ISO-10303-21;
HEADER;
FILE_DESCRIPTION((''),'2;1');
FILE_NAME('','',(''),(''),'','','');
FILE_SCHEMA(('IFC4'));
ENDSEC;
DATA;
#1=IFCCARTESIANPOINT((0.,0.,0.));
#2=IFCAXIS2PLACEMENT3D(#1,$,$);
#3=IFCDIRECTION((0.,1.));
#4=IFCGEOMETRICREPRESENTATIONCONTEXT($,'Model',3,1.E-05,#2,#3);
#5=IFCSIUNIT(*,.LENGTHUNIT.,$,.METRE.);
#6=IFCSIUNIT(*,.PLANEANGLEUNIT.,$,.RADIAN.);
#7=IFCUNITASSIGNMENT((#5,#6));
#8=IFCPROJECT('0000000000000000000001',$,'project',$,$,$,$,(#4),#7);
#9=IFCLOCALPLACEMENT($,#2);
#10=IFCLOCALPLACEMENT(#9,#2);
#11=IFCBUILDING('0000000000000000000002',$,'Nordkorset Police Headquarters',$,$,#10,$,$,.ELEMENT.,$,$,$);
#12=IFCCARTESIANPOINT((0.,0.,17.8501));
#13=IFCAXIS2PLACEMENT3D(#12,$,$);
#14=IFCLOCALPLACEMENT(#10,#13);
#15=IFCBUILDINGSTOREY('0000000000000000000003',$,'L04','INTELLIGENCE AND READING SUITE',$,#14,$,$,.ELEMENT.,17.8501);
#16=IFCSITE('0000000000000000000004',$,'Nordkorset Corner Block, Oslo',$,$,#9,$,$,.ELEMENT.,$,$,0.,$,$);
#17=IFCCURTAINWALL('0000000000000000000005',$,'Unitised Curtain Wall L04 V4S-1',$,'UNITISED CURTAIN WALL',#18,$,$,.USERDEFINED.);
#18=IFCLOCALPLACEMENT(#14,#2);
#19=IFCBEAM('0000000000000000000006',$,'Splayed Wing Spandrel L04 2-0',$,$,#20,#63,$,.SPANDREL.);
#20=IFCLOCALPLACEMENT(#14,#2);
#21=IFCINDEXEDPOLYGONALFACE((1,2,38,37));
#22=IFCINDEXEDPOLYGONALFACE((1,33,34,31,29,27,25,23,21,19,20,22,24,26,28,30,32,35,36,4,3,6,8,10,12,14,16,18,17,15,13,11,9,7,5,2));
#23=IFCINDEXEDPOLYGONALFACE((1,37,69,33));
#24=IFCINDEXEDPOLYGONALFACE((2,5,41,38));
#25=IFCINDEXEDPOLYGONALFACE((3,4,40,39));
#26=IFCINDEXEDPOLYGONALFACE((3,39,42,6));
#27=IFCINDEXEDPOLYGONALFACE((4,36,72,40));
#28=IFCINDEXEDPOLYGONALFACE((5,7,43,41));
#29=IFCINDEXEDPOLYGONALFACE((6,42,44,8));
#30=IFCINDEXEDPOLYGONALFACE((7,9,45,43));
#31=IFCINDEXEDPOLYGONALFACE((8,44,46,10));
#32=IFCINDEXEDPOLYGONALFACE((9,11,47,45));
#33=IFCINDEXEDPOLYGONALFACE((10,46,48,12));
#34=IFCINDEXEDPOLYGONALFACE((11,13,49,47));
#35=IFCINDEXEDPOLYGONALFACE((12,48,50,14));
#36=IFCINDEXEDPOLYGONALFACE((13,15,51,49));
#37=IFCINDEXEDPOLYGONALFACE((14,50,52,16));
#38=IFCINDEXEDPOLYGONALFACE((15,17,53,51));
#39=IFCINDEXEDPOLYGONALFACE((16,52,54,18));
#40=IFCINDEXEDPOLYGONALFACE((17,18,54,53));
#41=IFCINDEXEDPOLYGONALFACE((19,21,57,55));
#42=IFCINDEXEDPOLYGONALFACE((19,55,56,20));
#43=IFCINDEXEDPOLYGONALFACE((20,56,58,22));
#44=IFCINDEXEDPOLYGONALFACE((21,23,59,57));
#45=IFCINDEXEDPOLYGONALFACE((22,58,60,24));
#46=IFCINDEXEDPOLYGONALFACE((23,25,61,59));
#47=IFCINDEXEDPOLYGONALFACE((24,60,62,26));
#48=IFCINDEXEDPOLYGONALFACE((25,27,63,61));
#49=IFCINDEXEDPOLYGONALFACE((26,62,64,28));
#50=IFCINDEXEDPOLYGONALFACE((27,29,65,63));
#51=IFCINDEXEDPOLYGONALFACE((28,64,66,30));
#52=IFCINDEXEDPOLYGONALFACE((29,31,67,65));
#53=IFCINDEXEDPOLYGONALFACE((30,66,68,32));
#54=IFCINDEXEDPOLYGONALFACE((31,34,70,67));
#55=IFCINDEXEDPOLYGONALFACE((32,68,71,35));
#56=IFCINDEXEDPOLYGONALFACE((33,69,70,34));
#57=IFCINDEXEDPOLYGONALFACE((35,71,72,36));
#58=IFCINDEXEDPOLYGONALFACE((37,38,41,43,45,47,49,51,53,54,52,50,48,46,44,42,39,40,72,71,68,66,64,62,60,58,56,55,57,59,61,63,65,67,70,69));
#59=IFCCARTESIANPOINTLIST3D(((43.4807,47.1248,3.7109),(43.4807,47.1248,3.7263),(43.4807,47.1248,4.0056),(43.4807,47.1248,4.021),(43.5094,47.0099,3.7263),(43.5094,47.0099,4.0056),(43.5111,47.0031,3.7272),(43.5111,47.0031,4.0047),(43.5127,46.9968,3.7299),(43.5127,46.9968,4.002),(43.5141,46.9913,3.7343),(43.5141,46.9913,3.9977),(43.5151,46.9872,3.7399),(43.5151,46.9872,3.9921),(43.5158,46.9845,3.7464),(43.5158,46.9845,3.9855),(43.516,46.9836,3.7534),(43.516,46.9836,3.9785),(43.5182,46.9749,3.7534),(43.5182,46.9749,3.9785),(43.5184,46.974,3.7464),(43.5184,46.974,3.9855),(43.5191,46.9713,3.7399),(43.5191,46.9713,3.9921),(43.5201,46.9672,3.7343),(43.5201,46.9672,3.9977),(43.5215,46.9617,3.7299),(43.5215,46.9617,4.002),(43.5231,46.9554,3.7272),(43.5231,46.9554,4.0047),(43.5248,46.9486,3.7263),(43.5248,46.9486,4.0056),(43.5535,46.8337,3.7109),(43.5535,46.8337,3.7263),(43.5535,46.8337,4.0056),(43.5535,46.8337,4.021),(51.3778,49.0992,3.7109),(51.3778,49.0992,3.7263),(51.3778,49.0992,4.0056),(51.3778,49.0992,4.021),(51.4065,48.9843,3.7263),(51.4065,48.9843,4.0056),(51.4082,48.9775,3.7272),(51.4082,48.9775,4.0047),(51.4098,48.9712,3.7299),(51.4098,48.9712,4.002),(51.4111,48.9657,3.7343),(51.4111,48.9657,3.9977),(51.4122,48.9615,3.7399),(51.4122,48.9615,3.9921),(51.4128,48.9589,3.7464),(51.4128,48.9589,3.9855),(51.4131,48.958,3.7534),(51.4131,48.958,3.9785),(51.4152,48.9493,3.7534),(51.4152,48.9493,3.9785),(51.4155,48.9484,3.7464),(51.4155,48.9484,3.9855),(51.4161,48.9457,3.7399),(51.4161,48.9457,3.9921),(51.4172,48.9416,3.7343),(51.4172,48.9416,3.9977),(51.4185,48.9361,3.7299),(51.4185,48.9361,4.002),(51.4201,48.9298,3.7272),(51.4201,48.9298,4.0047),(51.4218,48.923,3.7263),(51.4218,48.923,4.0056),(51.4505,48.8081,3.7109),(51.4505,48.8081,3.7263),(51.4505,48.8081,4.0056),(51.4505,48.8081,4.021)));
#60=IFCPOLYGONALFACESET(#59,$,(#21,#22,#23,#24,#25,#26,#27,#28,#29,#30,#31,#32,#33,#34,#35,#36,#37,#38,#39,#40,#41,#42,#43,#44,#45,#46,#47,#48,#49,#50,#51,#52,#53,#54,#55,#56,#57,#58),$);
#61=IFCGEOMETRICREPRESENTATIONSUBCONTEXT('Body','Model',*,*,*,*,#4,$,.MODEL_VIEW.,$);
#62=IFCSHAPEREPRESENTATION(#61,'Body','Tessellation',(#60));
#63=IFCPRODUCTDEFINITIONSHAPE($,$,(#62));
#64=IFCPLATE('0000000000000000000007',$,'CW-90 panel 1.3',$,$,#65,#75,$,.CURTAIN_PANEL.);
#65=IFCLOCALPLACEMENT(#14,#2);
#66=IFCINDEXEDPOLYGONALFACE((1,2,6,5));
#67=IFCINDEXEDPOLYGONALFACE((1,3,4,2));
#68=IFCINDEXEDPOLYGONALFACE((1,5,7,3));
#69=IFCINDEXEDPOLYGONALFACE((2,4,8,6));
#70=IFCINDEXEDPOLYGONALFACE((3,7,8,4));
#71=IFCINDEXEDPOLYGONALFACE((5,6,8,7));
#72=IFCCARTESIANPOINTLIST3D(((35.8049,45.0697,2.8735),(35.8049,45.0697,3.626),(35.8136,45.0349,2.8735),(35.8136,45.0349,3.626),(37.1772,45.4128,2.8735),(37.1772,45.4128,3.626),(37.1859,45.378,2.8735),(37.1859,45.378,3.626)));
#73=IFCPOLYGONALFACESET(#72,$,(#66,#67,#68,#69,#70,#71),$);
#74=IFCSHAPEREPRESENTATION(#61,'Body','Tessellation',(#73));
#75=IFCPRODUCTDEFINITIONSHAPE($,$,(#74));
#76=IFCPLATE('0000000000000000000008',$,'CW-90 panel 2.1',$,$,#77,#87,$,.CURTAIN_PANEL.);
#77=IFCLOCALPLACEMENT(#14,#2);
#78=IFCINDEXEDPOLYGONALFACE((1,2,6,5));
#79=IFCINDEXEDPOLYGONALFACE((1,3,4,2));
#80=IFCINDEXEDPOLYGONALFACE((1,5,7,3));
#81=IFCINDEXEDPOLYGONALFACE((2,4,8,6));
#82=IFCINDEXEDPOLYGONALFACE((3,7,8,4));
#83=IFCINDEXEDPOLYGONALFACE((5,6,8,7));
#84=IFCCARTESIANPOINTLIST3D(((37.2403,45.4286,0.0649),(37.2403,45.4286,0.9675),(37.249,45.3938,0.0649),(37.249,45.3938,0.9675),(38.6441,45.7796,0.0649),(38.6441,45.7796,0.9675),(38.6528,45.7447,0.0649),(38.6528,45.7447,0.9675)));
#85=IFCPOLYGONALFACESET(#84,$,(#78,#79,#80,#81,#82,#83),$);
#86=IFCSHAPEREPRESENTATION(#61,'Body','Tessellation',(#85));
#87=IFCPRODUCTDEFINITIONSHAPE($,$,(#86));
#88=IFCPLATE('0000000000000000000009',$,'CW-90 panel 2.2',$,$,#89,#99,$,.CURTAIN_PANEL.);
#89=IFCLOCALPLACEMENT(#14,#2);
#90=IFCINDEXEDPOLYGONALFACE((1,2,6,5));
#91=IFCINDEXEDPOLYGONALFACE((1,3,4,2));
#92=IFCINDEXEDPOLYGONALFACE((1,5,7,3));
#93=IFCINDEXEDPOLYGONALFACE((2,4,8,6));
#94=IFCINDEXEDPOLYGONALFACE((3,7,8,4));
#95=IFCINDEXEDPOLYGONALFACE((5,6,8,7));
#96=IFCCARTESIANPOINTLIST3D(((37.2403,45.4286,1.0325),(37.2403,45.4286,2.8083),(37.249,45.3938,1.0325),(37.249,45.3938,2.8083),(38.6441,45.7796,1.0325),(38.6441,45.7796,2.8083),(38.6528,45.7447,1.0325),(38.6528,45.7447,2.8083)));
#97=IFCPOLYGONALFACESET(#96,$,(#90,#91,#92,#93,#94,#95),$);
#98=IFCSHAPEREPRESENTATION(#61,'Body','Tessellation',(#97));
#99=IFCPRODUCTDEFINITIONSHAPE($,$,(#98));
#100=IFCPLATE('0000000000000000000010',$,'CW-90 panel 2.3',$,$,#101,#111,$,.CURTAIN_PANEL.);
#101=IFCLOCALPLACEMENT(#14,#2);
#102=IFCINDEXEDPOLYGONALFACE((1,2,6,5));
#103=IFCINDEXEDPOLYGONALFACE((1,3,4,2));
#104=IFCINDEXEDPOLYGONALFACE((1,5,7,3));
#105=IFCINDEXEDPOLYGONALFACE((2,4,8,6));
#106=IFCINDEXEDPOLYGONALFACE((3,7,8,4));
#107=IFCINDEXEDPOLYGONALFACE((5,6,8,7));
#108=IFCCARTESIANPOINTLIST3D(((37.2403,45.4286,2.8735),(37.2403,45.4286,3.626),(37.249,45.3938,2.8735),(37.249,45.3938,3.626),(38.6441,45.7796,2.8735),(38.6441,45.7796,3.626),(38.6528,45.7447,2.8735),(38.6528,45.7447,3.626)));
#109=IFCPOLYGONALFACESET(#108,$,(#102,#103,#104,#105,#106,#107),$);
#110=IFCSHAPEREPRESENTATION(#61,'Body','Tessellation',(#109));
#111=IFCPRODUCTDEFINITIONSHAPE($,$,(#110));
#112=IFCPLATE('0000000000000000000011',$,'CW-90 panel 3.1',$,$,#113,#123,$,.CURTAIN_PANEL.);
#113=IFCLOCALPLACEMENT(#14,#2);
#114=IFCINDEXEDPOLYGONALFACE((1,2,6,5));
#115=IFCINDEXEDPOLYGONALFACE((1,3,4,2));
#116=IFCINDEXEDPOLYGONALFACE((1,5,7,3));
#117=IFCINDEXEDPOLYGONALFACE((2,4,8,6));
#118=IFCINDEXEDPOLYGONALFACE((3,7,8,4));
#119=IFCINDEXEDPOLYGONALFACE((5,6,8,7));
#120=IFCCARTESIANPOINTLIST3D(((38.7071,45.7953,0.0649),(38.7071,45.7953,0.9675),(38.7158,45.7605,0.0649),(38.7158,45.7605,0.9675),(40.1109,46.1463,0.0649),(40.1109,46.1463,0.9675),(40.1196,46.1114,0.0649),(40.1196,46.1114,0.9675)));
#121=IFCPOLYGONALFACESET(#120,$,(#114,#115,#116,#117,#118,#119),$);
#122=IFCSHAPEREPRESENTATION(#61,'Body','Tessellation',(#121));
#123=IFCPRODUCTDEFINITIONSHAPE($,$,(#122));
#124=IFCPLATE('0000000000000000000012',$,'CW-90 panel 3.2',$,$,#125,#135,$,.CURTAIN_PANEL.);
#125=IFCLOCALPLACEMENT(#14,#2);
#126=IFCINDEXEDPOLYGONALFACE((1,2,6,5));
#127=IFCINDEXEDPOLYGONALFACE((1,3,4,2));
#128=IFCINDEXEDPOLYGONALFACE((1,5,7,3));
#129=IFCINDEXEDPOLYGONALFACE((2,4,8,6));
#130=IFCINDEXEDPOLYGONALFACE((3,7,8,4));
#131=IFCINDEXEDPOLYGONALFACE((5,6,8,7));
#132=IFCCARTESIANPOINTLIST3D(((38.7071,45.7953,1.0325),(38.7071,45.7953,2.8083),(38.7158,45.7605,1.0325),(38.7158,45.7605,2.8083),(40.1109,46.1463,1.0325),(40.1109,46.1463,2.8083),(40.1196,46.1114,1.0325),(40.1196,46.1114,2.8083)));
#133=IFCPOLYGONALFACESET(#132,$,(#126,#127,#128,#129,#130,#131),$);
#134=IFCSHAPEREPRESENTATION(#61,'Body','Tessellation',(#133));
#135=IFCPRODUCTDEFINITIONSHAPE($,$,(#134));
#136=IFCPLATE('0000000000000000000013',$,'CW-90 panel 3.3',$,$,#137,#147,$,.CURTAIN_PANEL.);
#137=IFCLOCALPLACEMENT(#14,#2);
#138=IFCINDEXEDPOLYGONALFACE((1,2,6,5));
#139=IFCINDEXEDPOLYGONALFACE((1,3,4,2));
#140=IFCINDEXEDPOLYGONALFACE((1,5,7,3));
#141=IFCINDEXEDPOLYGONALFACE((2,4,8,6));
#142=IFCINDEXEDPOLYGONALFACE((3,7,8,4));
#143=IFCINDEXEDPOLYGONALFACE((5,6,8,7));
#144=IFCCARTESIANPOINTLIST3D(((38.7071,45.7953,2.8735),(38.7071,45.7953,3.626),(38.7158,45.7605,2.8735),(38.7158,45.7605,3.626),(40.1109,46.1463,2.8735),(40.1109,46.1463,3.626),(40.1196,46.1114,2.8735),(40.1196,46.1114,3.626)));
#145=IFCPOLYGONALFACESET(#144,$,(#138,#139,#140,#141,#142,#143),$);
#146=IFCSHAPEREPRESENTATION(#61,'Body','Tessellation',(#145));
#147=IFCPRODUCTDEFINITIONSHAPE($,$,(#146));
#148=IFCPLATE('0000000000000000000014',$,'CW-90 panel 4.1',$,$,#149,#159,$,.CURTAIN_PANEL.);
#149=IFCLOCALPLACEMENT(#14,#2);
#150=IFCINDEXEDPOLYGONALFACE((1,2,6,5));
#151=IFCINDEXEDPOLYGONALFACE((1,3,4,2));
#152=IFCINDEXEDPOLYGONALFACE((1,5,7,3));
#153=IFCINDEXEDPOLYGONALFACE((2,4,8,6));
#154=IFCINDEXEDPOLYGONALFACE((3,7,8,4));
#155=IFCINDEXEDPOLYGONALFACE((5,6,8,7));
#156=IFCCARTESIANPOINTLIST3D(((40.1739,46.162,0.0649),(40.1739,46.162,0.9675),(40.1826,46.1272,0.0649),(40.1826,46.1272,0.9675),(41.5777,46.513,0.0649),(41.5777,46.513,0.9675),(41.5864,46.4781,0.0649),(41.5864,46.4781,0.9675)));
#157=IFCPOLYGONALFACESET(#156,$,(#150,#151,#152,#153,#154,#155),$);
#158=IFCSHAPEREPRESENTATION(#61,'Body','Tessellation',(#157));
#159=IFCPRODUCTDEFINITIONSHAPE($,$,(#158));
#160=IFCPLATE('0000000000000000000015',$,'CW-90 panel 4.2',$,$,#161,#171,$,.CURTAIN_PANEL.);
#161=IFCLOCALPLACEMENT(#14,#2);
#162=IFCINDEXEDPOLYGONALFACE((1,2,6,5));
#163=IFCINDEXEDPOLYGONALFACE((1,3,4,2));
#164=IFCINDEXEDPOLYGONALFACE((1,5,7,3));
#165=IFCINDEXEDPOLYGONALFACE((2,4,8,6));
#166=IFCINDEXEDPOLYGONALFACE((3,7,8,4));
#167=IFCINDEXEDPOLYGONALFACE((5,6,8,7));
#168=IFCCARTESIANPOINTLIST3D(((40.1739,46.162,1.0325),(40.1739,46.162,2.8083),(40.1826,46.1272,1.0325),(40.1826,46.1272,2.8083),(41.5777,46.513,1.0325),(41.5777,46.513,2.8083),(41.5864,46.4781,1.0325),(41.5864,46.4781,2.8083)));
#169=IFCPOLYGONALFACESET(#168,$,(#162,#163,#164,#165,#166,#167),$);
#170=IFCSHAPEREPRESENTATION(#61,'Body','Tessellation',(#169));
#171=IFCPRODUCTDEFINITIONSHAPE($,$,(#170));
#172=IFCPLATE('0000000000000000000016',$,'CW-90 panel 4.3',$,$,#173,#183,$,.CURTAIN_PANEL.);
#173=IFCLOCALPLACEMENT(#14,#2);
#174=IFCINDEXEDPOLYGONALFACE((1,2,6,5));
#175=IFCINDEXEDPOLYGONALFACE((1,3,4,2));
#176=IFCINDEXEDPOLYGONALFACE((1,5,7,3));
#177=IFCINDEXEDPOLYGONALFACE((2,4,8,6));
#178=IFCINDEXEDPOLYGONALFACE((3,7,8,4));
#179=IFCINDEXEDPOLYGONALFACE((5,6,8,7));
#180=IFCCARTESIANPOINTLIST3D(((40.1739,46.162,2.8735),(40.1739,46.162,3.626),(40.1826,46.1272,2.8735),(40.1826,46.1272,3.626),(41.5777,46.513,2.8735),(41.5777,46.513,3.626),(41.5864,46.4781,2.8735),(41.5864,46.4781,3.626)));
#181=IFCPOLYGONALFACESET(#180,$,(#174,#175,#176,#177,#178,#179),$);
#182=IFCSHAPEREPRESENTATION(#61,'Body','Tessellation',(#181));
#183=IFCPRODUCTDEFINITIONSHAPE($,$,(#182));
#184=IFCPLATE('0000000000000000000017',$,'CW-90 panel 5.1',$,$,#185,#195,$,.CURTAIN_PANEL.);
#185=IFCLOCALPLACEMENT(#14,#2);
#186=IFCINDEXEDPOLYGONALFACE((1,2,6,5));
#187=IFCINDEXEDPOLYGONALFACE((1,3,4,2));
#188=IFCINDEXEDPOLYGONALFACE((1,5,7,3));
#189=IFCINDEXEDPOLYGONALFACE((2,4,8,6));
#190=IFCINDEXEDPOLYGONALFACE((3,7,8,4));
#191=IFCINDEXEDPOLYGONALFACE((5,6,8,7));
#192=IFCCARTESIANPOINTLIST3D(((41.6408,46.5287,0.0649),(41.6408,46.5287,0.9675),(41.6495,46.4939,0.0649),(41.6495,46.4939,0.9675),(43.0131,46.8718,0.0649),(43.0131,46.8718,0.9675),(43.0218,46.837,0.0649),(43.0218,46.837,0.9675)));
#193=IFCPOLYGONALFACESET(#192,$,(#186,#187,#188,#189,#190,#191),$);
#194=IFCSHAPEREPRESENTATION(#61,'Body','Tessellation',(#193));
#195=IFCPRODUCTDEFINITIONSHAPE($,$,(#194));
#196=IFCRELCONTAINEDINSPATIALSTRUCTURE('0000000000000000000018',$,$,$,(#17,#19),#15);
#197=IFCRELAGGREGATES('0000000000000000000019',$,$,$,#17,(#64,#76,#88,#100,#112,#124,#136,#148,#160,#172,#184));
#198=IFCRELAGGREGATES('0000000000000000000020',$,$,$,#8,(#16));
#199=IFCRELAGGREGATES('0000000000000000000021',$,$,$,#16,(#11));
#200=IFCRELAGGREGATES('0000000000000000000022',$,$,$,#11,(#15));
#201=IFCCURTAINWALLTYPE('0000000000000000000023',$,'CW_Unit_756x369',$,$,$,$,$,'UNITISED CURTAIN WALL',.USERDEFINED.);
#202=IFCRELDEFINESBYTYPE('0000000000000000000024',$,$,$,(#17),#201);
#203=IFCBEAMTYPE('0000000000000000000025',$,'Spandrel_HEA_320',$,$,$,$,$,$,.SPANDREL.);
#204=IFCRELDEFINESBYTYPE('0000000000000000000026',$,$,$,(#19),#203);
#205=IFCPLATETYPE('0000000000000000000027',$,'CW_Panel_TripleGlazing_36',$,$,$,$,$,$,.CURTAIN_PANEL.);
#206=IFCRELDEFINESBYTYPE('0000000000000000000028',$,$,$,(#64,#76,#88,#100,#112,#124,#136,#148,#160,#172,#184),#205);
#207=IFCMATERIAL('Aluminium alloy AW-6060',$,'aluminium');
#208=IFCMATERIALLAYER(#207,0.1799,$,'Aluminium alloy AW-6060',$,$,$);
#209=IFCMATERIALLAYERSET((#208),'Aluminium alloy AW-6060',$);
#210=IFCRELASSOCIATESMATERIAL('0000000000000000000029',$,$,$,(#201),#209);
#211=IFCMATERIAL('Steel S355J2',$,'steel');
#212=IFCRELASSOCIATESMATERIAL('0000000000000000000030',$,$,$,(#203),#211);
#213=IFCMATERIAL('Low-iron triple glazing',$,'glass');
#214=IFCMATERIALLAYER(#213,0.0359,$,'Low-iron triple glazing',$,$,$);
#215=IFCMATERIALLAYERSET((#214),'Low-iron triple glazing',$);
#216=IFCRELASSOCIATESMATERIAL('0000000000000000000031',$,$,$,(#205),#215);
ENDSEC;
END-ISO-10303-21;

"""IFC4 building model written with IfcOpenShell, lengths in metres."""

from ifc_helpers import new_model, si_unit, direction, frame, origin, origin_2d, place, context, subcontext, project, spatial, rectangle, i_section, extrude, material, layer, layer_set, material_profile, profile_set, type_object, element, aggregate, save


model = new_model("IFC4")

# Units and contexts
model_context = context("Model", 3, precision=1e-05, world=origin(), true_north=direction((0.0, 1.0)))
body_context = subcontext(model_context, "Body", "Model", "MODEL_VIEW")
ifc_project = project(units=[si_unit("LENGTHUNIT", "METRE"), si_unit("PLANEANGLEUNIT", "RADIAN")], contexts=[model_context])

# Site, building, storey
site_placement = place(None, origin())
site = spatial("IfcSite", under=ifc_project, at=site_placement, Name="Nordkorset Corner Block, Oslo", CompositionType="ELEMENT", RefElevation=0.0)
building_placement = place(site_placement, origin())
building = spatial("IfcBuilding", under=site, at=building_placement, Name="Nordkorset Police Headquarters", CompositionType="ELEMENT")
storey_placement = place(building_placement, frame((0.0, 0.0, 17.8501)))
storey = spatial("IfcBuildingStorey", under=building, at=storey_placement, Name="L04", Description="INTELLIGENCE AND READING SUITE", CompositionType="ELEMENT", Elevation=17.8501)

# Curtain wall
ifc_material_1 = material(Name="Aluminium alloy AW-6060", Category="aluminium")
ifc_layer_1 = layer(ifc_material_1, 0.1799, Name="Aluminium alloy AW-6060")
ifc_layer_set_1 = layer_set([ifc_layer_1], Name="Aluminium alloy AW-6060")
curtain_wall_type_1 = type_object("IfcCurtainWallType", Name="CW_Unit_756x369", ElementType="UNITISED CURTAIN WALL", PredefinedType="USERDEFINED", material=ifc_layer_set_1)
curtain_wall_1_placement = place(storey_placement, origin())
curtain_wall_1 = element("IfcCurtainWall", 1, at=curtain_wall_1_placement, inside=storey, type_object=curtain_wall_type_1, Name="Unitised Curtain Wall L04 V4S-1", ObjectType="UNITISED CURTAIN WALL", PredefinedType="USERDEFINED")

# Beam
ifc_material_2 = material(Name="Steel S355J2", Category="steel")
ifc_material_profile_1 = material_profile(ifc_material_2, i_section(OverallWidth=0.3, OverallDepth=0.3101, WebThickness=0.009, FlangeThickness=0.0154, FilletRadius=0.0271, at=origin_2d()), Name="HEA 320")
ifc_profile_set_1 = profile_set([ifc_material_profile_1], Name="Steel S355J2")
beam_type = type_object("IfcBeamType", Name="Spandrel_HEA_320", PredefinedType="SPANDREL", material=ifc_profile_set_1)
beam_placement = place(storey_placement, frame((43.5171, 46.9792, 3.866), z_axis=(0.970139, 0.24255, 0.0), x_axis=(-0.24255, 0.970139, 0.0)))
element("IfcBeam", 2, at=beam_placement, inside=storey, type_object=beam_type, Name="Splayed Wing Spandrel L04 2-0", PredefinedType="SPANDREL", context=body_context, shape_type="SweptSolid", body=[
    extrude(i_section(OverallWidth=0.3, OverallDepth=0.3101, WebThickness=0.009, FlangeThickness=0.0154, FilletRadius=0.0271, at=origin_2d()), origin(), (0.0, 0.0, 1.0), 8.1401),
])

# Plates
ifc_material_3 = material(Name="Low-iron triple glazing", Category="glass")
ifc_layer_2 = layer(ifc_material_3, 0.0359, Name="Low-iron triple glazing")
ifc_layer_set_2 = layer_set([ifc_layer_2], Name="Low-iron triple glazing")
plate_type = type_object("IfcPlateType", Name="CW_Panel_TripleGlazing_36", PredefinedType="CURTAIN_PANEL", material=ifc_layer_set_2)
plate_1_placement = place(storey_placement, frame((36.4954, 45.2239, 2.8735), z_axis=(0.0, 0.0, 1.0), x_axis=(0.970143, 0.242536, 0.0)))
plate_1 = element("IfcPlate", 3, at=plate_1_placement, type_object=plate_type, Name="CW-90 panel 1.3", PredefinedType="CURTAIN_PANEL", context=body_context, shape_type="SweptSolid", body=[
    extrude(rectangle(XDim=1.4146, YDim=0.0359, at=origin_2d()), origin(), (0.0, 0.0, 1.0), 0.7524),
])
plate_2_placement = place(storey_placement, frame((37.9465, 45.5867, 0.0649), z_axis=(0.0, 0.0, 1.0), x_axis=(0.970143, 0.242536, 0.0)))
plate_2 = element("IfcPlate", 4, at=plate_2_placement, type_object=plate_type, Name="CW-90 panel 2.1", PredefinedType="CURTAIN_PANEL", context=body_context, shape_type="SweptSolid", body=[
    extrude(rectangle(XDim=1.447, YDim=0.0359, at=origin_2d()), origin(), (0.0, 0.0, 1.0), 0.9026),
])
plate_3_placement = place(storey_placement, frame((37.9465, 45.5867, 1.0325), z_axis=(0.0, 0.0, 1.0), x_axis=(0.970143, 0.242536, 0.0)))
plate_3 = element("IfcPlate", 5, at=plate_3_placement, type_object=plate_type, Name="CW-90 panel 2.2", PredefinedType="CURTAIN_PANEL", context=body_context, shape_type="SweptSolid", body=[
    extrude(rectangle(XDim=1.447, YDim=0.0359, at=origin_2d()), origin(), (0.0, 0.0, 1.0), 1.7759),
])
plate_4_placement = place(storey_placement, frame((37.9465, 45.5867, 2.8735), z_axis=(0.0, 0.0, 1.0), x_axis=(0.970143, 0.242536, 0.0)))
plate_4 = element("IfcPlate", 6, at=plate_4_placement, type_object=plate_type, Name="CW-90 panel 2.3", PredefinedType="CURTAIN_PANEL", context=body_context, shape_type="SweptSolid", body=[
    extrude(rectangle(XDim=1.447, YDim=0.0359, at=origin_2d()), origin(), (0.0, 0.0, 1.0), 0.7524),
])
plate_5_placement = place(storey_placement, frame((39.4133, 45.9534, 0.0649), z_axis=(0.0, 0.0, 1.0), x_axis=(0.970143, 0.242536, 0.0)))
plate_5 = element("IfcPlate", 7, at=plate_5_placement, type_object=plate_type, Name="CW-90 panel 3.1", PredefinedType="CURTAIN_PANEL", context=body_context, shape_type="SweptSolid", body=[
    extrude(rectangle(XDim=1.447, YDim=0.0359, at=origin_2d()), origin(), (0.0, 0.0, 1.0), 0.9026),
])
plate_6_placement = place(storey_placement, frame((39.4133, 45.9534, 1.0325), z_axis=(0.0, 0.0, 1.0), x_axis=(0.970143, 0.242536, 0.0)))
plate_6 = element("IfcPlate", 8, at=plate_6_placement, type_object=plate_type, Name="CW-90 panel 3.2", PredefinedType="CURTAIN_PANEL", context=body_context, shape_type="SweptSolid", body=[
    extrude(rectangle(XDim=1.447, YDim=0.0359, at=origin_2d()), origin(), (0.0, 0.0, 1.0), 1.7759),
])
plate_7_placement = place(storey_placement, frame((39.4133, 45.9534, 2.8735), z_axis=(0.0, 0.0, 1.0), x_axis=(0.970143, 0.242536, 0.0)))
plate_7 = element("IfcPlate", 9, at=plate_7_placement, type_object=plate_type, Name="CW-90 panel 3.3", PredefinedType="CURTAIN_PANEL", context=body_context, shape_type="SweptSolid", body=[
    extrude(rectangle(XDim=1.447, YDim=0.0359, at=origin_2d()), origin(), (0.0, 0.0, 1.0), 0.7524),
])
plate_8_placement = place(storey_placement, frame((40.8801, 46.3201, 0.0649), z_axis=(0.0, 0.0, 1.0), x_axis=(0.970143, 0.242536, 0.0)))
plate_8 = element("IfcPlate", 10, at=plate_8_placement, type_object=plate_type, Name="CW-90 panel 4.1", PredefinedType="CURTAIN_PANEL", context=body_context, shape_type="SweptSolid", body=[
    extrude(rectangle(XDim=1.447, YDim=0.0359, at=origin_2d()), origin(), (0.0, 0.0, 1.0), 0.9026),
])
plate_9_placement = place(storey_placement, frame((40.8801, 46.3201, 1.0325), z_axis=(0.0, 0.0, 1.0), x_axis=(0.970143, 0.242536, 0.0)))
plate_9 = element("IfcPlate", 11, at=plate_9_placement, type_object=plate_type, Name="CW-90 panel 4.2", PredefinedType="CURTAIN_PANEL", context=body_context, shape_type="SweptSolid", body=[
    extrude(rectangle(XDim=1.447, YDim=0.0359, at=origin_2d()), origin(), (0.0, 0.0, 1.0), 1.7759),
])
plate_10_placement = place(storey_placement, frame((40.8801, 46.3201, 2.8735), z_axis=(0.0, 0.0, 1.0), x_axis=(0.970143, 0.242536, 0.0)))
plate_10 = element("IfcPlate", 12, at=plate_10_placement, type_object=plate_type, Name="CW-90 panel 4.3", PredefinedType="CURTAIN_PANEL", context=body_context, shape_type="SweptSolid", body=[
    extrude(rectangle(XDim=1.447, YDim=0.0359, at=origin_2d()), origin(), (0.0, 0.0, 1.0), 0.7524),
])
plate_11_placement = place(storey_placement, frame((42.3313, 46.6829, 0.0649), z_axis=(0.0, 0.0, 1.0), x_axis=(0.970143, 0.242536, 0.0)))
plate_11 = element("IfcPlate", 13, at=plate_11_placement, type_object=plate_type, Name="CW-90 panel 5.1", PredefinedType="CURTAIN_PANEL", context=body_context, shape_type="SweptSolid", body=[
    extrude(rectangle(XDim=1.4146, YDim=0.0359, at=origin_2d()), origin(), (0.0, 0.0, 1.0), 0.9026),
])
aggregate(curtain_wall_1, [plate_1, plate_2, plate_3, plate_4, plate_5, plate_6, plate_7, plate_8, plate_9, plate_10, plate_11])

save(model, "model.ifc")
